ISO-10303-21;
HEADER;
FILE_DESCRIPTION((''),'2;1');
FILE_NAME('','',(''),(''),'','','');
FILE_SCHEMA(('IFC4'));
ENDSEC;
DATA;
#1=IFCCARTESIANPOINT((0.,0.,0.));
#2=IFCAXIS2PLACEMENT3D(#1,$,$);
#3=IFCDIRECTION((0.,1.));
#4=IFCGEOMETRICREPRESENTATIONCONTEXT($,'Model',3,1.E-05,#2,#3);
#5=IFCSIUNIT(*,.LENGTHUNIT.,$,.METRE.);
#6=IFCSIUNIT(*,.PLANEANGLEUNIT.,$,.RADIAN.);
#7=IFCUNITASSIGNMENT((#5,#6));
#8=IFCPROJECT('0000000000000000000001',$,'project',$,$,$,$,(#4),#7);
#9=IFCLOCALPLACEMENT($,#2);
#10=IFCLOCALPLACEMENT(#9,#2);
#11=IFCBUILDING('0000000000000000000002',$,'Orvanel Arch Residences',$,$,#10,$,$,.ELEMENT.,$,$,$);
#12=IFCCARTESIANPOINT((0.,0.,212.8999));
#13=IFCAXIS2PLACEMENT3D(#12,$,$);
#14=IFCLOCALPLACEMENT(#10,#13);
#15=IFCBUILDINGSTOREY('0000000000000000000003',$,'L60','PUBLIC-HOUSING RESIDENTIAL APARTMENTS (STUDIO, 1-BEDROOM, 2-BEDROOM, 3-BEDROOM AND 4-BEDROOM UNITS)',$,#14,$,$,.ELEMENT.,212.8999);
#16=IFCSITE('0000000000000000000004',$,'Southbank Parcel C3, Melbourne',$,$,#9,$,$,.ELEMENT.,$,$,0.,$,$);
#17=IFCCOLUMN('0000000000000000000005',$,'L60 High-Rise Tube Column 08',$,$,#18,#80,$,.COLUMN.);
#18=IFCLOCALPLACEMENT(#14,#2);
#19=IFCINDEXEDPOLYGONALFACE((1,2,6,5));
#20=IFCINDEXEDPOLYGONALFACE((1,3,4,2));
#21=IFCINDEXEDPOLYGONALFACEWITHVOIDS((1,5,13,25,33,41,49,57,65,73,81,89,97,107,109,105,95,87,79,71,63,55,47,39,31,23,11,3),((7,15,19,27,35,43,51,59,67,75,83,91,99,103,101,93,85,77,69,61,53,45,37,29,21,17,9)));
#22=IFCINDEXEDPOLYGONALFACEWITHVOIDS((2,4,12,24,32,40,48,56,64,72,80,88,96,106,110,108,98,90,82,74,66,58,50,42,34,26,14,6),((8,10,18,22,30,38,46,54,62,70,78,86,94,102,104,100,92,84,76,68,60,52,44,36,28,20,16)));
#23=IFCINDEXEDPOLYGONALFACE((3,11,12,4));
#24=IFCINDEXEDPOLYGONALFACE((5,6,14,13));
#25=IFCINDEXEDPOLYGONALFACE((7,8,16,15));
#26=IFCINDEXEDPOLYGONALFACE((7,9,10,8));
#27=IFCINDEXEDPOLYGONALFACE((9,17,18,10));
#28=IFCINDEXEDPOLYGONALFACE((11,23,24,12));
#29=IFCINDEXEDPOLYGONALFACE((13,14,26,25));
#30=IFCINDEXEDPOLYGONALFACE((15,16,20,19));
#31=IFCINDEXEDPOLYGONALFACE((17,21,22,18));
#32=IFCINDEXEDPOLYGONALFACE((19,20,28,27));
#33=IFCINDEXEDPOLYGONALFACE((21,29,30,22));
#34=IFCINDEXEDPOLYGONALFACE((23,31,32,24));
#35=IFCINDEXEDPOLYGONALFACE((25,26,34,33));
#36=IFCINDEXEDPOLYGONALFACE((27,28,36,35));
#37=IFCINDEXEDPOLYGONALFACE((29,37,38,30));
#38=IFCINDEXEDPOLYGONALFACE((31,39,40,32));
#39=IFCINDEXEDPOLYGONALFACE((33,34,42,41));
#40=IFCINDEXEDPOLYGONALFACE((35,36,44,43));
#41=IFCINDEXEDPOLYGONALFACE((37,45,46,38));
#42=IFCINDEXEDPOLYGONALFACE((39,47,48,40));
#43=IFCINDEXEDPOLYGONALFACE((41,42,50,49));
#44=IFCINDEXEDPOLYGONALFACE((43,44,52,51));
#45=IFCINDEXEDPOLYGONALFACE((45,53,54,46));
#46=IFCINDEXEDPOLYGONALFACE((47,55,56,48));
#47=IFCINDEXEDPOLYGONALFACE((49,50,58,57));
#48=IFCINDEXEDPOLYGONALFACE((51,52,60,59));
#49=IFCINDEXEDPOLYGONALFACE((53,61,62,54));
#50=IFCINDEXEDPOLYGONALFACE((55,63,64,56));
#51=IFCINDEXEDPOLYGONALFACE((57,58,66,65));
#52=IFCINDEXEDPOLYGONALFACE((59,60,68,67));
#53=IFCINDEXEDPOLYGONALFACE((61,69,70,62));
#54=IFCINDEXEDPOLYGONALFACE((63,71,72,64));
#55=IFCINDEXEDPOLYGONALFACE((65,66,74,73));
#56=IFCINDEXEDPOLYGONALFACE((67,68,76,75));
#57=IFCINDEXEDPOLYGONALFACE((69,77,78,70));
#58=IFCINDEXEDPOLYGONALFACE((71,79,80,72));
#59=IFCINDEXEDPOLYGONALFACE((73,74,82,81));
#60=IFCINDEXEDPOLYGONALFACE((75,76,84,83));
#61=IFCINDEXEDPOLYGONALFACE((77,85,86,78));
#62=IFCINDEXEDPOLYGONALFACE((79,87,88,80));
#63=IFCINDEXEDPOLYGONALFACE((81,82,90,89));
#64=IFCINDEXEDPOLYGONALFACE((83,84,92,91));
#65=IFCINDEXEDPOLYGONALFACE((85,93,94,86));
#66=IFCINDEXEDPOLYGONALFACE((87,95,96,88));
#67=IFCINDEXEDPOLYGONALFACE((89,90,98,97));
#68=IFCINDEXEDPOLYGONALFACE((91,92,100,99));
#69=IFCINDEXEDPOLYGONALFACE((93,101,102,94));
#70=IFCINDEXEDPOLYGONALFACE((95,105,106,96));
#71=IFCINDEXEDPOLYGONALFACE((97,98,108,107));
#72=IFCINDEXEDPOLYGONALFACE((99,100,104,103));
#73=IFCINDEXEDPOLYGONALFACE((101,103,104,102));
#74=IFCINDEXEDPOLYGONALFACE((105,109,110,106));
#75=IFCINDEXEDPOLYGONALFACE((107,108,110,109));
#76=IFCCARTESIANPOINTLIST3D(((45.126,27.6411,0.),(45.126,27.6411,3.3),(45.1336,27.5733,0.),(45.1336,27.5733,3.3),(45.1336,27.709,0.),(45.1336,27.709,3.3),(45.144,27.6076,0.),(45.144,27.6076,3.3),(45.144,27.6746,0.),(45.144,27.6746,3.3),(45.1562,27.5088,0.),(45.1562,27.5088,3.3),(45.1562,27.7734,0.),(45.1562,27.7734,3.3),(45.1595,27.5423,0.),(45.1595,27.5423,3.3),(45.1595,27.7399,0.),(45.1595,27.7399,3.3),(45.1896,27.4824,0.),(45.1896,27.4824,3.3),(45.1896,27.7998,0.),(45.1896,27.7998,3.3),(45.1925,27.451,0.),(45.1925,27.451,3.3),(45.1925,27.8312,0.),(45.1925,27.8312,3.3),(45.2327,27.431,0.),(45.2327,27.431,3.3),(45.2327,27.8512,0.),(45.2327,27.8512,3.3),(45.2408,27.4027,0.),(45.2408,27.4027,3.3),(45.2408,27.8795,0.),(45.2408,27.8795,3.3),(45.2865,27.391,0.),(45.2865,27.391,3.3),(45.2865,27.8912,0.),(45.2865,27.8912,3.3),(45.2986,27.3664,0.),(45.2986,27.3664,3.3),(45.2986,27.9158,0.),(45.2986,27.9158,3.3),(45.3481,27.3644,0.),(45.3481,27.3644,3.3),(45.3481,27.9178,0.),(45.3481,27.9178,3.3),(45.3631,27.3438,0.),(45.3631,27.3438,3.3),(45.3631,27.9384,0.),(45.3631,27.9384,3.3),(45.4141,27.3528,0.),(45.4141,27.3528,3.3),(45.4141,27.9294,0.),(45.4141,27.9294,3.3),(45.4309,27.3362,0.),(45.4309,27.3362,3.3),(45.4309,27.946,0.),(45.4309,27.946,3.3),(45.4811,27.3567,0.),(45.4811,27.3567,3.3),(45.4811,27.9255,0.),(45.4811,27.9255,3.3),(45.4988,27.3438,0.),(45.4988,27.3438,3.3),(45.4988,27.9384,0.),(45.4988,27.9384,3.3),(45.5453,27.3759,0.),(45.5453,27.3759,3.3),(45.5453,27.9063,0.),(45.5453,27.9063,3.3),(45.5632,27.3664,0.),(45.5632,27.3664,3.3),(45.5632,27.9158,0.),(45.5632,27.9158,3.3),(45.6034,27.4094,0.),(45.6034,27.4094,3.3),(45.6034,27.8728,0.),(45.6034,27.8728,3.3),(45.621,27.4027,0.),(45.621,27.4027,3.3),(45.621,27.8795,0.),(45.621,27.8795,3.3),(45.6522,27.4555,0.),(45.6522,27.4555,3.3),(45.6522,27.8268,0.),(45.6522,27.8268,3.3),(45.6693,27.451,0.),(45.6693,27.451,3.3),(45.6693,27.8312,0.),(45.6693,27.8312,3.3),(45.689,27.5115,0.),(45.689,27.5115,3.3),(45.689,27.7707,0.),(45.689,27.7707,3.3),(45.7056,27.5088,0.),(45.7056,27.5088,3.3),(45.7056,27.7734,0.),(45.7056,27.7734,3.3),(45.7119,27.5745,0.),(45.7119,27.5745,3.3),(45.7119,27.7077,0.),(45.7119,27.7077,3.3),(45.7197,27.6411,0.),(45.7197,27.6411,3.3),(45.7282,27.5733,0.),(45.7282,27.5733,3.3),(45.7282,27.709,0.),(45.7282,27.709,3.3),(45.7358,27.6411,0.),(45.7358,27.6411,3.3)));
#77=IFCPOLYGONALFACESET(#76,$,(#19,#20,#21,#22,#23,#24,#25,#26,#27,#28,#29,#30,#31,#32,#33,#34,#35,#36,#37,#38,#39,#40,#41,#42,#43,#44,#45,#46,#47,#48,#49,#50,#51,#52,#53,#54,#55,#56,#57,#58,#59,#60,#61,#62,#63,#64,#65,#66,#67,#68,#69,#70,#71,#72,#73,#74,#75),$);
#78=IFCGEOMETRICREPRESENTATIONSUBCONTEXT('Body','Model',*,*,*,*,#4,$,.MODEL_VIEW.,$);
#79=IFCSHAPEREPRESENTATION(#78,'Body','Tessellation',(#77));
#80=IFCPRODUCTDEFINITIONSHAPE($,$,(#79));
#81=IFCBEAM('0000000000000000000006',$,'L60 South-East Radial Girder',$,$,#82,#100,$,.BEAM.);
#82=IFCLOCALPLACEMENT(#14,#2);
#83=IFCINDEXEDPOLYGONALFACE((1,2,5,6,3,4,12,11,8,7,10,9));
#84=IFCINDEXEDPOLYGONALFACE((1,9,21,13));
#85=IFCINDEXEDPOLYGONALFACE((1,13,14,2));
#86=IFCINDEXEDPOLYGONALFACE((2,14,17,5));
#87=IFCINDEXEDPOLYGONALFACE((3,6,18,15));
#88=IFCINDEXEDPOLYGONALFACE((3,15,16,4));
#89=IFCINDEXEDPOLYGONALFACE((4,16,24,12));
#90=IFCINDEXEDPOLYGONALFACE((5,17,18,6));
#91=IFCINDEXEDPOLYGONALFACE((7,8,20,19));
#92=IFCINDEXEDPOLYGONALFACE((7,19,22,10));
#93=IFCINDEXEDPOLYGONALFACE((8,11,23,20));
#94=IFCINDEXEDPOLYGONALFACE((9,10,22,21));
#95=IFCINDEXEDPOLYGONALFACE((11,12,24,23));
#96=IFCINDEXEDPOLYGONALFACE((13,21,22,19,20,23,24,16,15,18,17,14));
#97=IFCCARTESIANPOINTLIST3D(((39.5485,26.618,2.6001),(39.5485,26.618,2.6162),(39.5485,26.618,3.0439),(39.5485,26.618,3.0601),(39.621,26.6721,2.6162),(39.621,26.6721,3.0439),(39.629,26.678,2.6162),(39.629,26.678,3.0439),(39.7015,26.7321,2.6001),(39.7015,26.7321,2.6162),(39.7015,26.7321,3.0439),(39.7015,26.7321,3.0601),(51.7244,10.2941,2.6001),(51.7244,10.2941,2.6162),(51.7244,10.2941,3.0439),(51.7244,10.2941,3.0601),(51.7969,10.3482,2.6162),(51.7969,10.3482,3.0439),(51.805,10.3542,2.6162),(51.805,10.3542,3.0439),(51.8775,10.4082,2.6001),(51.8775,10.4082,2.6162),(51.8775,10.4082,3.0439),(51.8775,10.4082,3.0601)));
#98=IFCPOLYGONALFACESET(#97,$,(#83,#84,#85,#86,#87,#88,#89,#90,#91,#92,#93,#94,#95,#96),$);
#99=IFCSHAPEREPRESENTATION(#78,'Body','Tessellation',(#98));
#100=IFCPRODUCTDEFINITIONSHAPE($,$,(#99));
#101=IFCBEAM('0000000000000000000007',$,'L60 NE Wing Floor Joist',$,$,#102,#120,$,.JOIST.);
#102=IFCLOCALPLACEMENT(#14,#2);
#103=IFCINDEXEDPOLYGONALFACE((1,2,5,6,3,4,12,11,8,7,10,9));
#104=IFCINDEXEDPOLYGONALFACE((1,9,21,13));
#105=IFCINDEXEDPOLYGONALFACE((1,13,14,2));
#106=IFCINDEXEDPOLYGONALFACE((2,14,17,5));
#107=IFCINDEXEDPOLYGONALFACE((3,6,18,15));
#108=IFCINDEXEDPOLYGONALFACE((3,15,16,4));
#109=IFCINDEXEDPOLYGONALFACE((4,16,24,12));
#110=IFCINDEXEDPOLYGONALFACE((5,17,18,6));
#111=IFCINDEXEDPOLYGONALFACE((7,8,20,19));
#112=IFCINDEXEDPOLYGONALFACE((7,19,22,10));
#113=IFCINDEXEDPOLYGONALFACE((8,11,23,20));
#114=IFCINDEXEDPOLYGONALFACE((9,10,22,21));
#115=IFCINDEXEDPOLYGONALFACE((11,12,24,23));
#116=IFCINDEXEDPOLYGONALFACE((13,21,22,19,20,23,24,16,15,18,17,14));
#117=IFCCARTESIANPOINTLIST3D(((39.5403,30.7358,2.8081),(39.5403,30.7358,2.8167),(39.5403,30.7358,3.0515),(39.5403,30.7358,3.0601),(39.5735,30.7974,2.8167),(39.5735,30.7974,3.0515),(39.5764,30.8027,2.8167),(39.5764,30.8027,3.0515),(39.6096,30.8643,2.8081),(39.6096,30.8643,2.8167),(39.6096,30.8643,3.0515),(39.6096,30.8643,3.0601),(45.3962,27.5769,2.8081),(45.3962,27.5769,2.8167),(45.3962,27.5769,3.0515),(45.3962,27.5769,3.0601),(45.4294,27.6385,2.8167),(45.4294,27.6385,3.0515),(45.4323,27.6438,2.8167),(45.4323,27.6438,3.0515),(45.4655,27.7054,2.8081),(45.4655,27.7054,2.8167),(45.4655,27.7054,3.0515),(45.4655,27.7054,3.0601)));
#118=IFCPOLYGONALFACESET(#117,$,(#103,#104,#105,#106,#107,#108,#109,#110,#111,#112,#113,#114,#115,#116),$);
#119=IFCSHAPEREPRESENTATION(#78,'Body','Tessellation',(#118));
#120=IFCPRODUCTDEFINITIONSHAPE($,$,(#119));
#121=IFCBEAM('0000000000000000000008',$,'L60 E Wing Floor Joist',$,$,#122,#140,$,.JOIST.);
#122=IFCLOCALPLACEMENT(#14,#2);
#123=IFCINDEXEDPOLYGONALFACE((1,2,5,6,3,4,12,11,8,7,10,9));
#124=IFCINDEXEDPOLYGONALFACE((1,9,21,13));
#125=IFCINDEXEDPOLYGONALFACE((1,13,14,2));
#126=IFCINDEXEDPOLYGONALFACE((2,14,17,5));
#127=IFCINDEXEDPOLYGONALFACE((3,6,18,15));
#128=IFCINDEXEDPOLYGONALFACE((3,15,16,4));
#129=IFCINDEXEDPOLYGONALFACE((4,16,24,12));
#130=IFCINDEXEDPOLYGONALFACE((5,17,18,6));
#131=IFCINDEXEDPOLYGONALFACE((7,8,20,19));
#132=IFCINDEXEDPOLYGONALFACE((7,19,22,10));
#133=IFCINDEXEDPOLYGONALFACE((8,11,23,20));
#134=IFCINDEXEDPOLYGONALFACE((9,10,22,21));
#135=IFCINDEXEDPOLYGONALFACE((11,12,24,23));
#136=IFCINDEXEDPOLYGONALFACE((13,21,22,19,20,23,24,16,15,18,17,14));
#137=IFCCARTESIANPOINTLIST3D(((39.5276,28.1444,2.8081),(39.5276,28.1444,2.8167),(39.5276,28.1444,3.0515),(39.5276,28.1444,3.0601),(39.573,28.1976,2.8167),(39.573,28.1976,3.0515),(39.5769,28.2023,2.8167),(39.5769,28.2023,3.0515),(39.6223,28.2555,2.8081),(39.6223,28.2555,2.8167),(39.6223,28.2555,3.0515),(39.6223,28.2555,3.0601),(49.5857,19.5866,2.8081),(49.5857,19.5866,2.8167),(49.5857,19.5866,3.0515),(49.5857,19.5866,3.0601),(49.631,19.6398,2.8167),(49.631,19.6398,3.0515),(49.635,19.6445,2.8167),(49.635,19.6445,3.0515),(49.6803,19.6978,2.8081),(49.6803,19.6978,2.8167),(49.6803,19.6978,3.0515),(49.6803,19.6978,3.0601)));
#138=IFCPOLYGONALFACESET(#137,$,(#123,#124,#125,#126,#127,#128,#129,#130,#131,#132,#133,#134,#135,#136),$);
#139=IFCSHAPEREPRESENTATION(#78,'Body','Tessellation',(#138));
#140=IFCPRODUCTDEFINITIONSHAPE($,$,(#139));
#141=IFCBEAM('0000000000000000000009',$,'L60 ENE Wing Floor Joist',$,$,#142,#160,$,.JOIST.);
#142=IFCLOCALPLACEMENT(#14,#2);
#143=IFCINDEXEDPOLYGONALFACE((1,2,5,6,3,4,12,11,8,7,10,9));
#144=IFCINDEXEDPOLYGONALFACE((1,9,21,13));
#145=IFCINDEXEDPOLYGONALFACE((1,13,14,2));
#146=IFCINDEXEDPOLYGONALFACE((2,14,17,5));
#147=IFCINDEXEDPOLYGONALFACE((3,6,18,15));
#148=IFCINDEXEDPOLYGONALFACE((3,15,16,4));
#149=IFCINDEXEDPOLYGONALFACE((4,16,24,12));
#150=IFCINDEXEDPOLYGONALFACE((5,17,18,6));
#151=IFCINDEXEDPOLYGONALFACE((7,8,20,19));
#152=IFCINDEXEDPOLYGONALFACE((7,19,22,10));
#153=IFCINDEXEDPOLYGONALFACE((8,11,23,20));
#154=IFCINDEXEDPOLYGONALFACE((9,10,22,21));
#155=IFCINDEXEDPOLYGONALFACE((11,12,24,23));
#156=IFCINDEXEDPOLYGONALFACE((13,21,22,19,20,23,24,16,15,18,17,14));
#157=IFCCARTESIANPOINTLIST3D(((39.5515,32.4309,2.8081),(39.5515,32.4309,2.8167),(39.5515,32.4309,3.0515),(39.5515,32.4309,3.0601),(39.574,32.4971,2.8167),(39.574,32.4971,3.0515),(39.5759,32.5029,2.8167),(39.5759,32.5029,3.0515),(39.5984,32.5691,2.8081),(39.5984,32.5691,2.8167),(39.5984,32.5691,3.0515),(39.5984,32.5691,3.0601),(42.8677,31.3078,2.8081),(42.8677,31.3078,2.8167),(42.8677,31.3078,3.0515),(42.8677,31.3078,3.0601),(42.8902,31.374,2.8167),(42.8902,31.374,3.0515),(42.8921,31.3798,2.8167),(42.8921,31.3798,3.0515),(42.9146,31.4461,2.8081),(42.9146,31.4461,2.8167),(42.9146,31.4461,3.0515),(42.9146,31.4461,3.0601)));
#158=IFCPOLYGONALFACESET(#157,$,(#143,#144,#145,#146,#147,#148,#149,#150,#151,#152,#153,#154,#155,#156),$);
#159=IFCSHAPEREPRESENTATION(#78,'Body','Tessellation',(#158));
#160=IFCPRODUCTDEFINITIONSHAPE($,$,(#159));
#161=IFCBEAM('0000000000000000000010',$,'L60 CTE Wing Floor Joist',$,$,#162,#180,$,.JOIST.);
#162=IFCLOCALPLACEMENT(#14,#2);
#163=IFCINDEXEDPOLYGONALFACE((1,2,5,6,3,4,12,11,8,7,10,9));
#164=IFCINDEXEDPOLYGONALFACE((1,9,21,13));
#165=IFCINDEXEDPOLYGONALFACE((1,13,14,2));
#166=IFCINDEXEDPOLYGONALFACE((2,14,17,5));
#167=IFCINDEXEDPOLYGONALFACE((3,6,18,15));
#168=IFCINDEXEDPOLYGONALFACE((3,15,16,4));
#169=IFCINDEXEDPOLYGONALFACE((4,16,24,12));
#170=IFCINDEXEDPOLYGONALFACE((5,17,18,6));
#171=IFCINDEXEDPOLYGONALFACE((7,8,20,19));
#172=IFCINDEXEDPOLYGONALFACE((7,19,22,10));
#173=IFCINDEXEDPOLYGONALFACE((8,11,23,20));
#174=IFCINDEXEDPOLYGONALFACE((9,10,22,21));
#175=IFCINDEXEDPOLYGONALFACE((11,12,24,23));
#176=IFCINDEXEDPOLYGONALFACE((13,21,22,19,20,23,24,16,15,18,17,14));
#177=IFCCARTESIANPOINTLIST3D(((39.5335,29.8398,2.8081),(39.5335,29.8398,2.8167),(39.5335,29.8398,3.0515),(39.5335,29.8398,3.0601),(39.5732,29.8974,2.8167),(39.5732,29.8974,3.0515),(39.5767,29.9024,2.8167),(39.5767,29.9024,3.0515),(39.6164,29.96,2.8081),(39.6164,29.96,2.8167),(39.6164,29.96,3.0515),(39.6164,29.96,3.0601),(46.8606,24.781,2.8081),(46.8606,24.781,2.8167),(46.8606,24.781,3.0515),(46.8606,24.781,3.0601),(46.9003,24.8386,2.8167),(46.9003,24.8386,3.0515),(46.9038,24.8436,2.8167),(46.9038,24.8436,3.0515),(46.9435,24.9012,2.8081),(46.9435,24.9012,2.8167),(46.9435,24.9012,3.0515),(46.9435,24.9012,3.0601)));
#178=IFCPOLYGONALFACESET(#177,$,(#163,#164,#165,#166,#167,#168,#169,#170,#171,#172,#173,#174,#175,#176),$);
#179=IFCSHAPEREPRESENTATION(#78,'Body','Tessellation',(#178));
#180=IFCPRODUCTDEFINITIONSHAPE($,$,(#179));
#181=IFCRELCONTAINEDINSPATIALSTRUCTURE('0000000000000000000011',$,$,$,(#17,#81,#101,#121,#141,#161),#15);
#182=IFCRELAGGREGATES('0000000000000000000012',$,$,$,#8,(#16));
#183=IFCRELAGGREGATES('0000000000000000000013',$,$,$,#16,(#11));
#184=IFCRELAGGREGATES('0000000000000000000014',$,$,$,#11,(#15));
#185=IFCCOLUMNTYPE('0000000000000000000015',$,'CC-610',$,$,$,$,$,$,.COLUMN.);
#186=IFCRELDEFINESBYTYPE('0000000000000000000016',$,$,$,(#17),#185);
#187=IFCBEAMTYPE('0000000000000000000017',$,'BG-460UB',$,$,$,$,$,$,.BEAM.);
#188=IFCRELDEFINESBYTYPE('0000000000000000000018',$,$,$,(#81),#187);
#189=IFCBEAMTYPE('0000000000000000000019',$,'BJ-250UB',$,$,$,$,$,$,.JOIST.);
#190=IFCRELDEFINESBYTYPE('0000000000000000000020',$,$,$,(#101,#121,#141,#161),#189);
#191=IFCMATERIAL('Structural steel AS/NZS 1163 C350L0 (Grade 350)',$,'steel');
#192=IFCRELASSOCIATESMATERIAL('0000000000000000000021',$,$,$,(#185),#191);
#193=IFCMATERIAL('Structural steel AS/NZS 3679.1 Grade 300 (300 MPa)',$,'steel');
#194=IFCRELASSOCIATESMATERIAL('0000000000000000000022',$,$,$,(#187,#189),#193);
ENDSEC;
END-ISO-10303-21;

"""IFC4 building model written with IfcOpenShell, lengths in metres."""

from ifc_helpers import new_model, si_unit, direction, frame, origin, origin_2d, place, context, subcontext, project, spatial, hollow_circle, i_section, extrude, material, material_profile, profile_set, type_object, element, save


model = new_model("IFC4")

# Units and contexts
model_context = context("Model", 3, precision=1e-05, world=origin(), true_north=direction((0.0, 1.0)))
body_context = subcontext(model_context, "Body", "Model", "MODEL_VIEW")
ifc_project = project(units=[si_unit("LENGTHUNIT", "METRE"), si_unit("PLANEANGLEUNIT", "RADIAN")], contexts=[model_context])

# Site, building, storey
site_placement = place(None, origin())
site = spatial("IfcSite", under=ifc_project, at=site_placement, Name="Southbank Parcel C3, Melbourne", CompositionType="ELEMENT", RefElevation=0.0)
building_placement = place(site_placement, origin())
building = spatial("IfcBuilding", under=site, at=building_placement, Name="Orvanel Arch Residences", CompositionType="ELEMENT")
storey_placement = place(building_placement, frame((0.0, 0.0, 212.8999)))
storey = spatial("IfcBuildingStorey", under=building, at=storey_placement, Name="L60", Description="PUBLIC-HOUSING RESIDENTIAL APARTMENTS (STUDIO, 1-BEDROOM, 2-BEDROOM, 3-BEDROOM AND 4-BEDROOM UNITS)", CompositionType="ELEMENT", Elevation=212.8999)

# Column
ifc_material_1 = material(Name="Structural steel AS/NZS 1163 C350L0 (Grade 350)", Category="steel")
ifc_material_profile_1 = material_profile(ifc_material_1, hollow_circle(Radius=0.3049, WallThickness=0.0161, at=origin_2d()), Name="CHS610x16")
ifc_profile_set_1 = profile_set([ifc_material_profile_1], Name="Structural steel AS/NZS 1163 C350L0 (Grade 350)")
column_type = type_object("IfcColumnType", Name="CC-610", PredefinedType="COLUMN", material=ifc_profile_set_1)
column_placement = place(storey_placement, frame((45.4309, 27.6411, 0.0), z_axis=(0.0, 0.0, 1.0), x_axis=(1.0, 0.0, 0.0)))
element("IfcColumn", 1, at=column_placement, inside=storey, type_object=column_type, Name="L60 High-Rise Tube Column 08", PredefinedType="COLUMN", context=body_context, shape_type="SweptSolid", body=[
    extrude(hollow_circle(Radius=0.3049, WallThickness=0.0161, at=origin_2d()), origin(), (0.0, 0.0, 1.0), 3.3),
])

# Beams
ifc_material_2 = material(Name="Structural steel AS/NZS 3679.1 Grade 300 (300 MPa)", Category="steel")
ifc_material_profile_2 = material_profile(ifc_material_2, i_section(OverallWidth=0.1909, OverallDepth=0.46, WebThickness=0.01, FlangeThickness=0.0161, at=origin_2d()), Name="460UB82.1")
ifc_profile_set_2 = profile_set([ifc_material_profile_2], Name="Structural steel AS/NZS 3679.1 Grade 300 (300 MPa)")
beam_type_1 = type_object("IfcBeamType", Name="BG-460UB", PredefinedType="BEAM", material=ifc_profile_set_2)
beam_1_placement = place(storey_placement, frame((39.625, 26.675, 2.8301), z_axis=(0.597894, -0.801575, 0.0), x_axis=(0.801575, 0.597894, 0.0)))
element("IfcBeam", 2, at=beam_1_placement, inside=storey, type_object=beam_type_1, Name="L60 South-East Radial Girder", PredefinedType="BEAM", context=body_context, shape_type="SweptSolid", body=[
    extrude(i_section(OverallWidth=0.1909, OverallDepth=0.46, WebThickness=0.01, FlangeThickness=0.0161, at=origin_2d()), origin(), (0.0, 0.0, 1.0), 20.3647),
])
ifc_material_profile_3 = material_profile(ifc_material_2, i_section(OverallWidth=0.146, OverallDepth=0.252, WebThickness=0.0061, FlangeThickness=0.0085, at=origin_2d()), Name="250UB31.4")
ifc_profile_set_3 = profile_set([ifc_material_profile_3], Name="Structural steel AS/NZS 3679.1 Grade 300 (300 MPa)")
beam_type_2 = type_object("IfcBeamType", Name="BJ-250UB", PredefinedType="JOIST", material=ifc_profile_set_3)
beam_2_placement = place(storey_placement, frame((39.575, 30.8, 2.9341), z_axis=(0.880111, -0.474767, 0.0), x_axis=(0.474767, 0.880111, 0.0)))
element("IfcBeam", 3, at=beam_2_placement, inside=storey, type_object=beam_type_2, Name="L60 NE Wing Floor Joist", PredefinedType="JOIST", context=body_context, shape_type="SweptSolid", body=[
    extrude(i_section(OverallWidth=0.146, OverallDepth=0.252, WebThickness=0.0061, FlangeThickness=0.0085, at=origin_2d()), origin(), (0.0, 0.0, 1.0), 6.6536),
])
beam_3_placement = place(storey_placement, frame((39.575, 28.2, 2.9341), z_axis=(0.761623, -0.648021, 0.0), x_axis=(0.648021, 0.761623, 0.0)))
element("IfcBeam", 4, at=beam_3_placement, inside=storey, type_object=beam_type_2, Name="L60 E Wing Floor Joist", PredefinedType="JOIST", context=body_context, shape_type="SweptSolid", body=[
    extrude(i_section(OverallWidth=0.146, OverallDepth=0.252, WebThickness=0.0061, FlangeThickness=0.0085, at=origin_2d()), origin(), (0.0, 0.0, 1.0), 13.2061),
])
beam_4_placement = place(storey_placement, frame((39.575, 32.5, 2.9341), z_axis=(0.947159, -0.320764, 0.0), x_axis=(0.320764, 0.947159, 0.0)))
element("IfcBeam", 5, at=beam_4_placement, inside=storey, type_object=beam_type_2, Name="L60 ENE Wing Floor Joist", PredefinedType="JOIST", context=body_context, shape_type="SweptSolid", body=[
    extrude(i_section(OverallWidth=0.146, OverallDepth=0.252, WebThickness=0.0061, FlangeThickness=0.0085, at=origin_2d()), origin(), (0.0, 0.0, 1.0), 3.5012),
])
beam_5_placement = place(storey_placement, frame((39.575, 29.8999, 2.9341), z_axis=(0.822917, -0.568162, 0.0), x_axis=(0.568162, 0.822917, 0.0)))
element("IfcBeam", 6, at=beam_5_placement, inside=storey, type_object=beam_type_2, Name="L60 CTE Wing Floor Joist", PredefinedType="JOIST", context=body_context, shape_type="SweptSolid", body=[
    extrude(i_section(OverallWidth=0.146, OverallDepth=0.252, WebThickness=0.0061, FlangeThickness=0.0085, at=origin_2d()), origin(), (0.0, 0.0, 1.0), 8.9038),
])

save(model, "model.ifc")
